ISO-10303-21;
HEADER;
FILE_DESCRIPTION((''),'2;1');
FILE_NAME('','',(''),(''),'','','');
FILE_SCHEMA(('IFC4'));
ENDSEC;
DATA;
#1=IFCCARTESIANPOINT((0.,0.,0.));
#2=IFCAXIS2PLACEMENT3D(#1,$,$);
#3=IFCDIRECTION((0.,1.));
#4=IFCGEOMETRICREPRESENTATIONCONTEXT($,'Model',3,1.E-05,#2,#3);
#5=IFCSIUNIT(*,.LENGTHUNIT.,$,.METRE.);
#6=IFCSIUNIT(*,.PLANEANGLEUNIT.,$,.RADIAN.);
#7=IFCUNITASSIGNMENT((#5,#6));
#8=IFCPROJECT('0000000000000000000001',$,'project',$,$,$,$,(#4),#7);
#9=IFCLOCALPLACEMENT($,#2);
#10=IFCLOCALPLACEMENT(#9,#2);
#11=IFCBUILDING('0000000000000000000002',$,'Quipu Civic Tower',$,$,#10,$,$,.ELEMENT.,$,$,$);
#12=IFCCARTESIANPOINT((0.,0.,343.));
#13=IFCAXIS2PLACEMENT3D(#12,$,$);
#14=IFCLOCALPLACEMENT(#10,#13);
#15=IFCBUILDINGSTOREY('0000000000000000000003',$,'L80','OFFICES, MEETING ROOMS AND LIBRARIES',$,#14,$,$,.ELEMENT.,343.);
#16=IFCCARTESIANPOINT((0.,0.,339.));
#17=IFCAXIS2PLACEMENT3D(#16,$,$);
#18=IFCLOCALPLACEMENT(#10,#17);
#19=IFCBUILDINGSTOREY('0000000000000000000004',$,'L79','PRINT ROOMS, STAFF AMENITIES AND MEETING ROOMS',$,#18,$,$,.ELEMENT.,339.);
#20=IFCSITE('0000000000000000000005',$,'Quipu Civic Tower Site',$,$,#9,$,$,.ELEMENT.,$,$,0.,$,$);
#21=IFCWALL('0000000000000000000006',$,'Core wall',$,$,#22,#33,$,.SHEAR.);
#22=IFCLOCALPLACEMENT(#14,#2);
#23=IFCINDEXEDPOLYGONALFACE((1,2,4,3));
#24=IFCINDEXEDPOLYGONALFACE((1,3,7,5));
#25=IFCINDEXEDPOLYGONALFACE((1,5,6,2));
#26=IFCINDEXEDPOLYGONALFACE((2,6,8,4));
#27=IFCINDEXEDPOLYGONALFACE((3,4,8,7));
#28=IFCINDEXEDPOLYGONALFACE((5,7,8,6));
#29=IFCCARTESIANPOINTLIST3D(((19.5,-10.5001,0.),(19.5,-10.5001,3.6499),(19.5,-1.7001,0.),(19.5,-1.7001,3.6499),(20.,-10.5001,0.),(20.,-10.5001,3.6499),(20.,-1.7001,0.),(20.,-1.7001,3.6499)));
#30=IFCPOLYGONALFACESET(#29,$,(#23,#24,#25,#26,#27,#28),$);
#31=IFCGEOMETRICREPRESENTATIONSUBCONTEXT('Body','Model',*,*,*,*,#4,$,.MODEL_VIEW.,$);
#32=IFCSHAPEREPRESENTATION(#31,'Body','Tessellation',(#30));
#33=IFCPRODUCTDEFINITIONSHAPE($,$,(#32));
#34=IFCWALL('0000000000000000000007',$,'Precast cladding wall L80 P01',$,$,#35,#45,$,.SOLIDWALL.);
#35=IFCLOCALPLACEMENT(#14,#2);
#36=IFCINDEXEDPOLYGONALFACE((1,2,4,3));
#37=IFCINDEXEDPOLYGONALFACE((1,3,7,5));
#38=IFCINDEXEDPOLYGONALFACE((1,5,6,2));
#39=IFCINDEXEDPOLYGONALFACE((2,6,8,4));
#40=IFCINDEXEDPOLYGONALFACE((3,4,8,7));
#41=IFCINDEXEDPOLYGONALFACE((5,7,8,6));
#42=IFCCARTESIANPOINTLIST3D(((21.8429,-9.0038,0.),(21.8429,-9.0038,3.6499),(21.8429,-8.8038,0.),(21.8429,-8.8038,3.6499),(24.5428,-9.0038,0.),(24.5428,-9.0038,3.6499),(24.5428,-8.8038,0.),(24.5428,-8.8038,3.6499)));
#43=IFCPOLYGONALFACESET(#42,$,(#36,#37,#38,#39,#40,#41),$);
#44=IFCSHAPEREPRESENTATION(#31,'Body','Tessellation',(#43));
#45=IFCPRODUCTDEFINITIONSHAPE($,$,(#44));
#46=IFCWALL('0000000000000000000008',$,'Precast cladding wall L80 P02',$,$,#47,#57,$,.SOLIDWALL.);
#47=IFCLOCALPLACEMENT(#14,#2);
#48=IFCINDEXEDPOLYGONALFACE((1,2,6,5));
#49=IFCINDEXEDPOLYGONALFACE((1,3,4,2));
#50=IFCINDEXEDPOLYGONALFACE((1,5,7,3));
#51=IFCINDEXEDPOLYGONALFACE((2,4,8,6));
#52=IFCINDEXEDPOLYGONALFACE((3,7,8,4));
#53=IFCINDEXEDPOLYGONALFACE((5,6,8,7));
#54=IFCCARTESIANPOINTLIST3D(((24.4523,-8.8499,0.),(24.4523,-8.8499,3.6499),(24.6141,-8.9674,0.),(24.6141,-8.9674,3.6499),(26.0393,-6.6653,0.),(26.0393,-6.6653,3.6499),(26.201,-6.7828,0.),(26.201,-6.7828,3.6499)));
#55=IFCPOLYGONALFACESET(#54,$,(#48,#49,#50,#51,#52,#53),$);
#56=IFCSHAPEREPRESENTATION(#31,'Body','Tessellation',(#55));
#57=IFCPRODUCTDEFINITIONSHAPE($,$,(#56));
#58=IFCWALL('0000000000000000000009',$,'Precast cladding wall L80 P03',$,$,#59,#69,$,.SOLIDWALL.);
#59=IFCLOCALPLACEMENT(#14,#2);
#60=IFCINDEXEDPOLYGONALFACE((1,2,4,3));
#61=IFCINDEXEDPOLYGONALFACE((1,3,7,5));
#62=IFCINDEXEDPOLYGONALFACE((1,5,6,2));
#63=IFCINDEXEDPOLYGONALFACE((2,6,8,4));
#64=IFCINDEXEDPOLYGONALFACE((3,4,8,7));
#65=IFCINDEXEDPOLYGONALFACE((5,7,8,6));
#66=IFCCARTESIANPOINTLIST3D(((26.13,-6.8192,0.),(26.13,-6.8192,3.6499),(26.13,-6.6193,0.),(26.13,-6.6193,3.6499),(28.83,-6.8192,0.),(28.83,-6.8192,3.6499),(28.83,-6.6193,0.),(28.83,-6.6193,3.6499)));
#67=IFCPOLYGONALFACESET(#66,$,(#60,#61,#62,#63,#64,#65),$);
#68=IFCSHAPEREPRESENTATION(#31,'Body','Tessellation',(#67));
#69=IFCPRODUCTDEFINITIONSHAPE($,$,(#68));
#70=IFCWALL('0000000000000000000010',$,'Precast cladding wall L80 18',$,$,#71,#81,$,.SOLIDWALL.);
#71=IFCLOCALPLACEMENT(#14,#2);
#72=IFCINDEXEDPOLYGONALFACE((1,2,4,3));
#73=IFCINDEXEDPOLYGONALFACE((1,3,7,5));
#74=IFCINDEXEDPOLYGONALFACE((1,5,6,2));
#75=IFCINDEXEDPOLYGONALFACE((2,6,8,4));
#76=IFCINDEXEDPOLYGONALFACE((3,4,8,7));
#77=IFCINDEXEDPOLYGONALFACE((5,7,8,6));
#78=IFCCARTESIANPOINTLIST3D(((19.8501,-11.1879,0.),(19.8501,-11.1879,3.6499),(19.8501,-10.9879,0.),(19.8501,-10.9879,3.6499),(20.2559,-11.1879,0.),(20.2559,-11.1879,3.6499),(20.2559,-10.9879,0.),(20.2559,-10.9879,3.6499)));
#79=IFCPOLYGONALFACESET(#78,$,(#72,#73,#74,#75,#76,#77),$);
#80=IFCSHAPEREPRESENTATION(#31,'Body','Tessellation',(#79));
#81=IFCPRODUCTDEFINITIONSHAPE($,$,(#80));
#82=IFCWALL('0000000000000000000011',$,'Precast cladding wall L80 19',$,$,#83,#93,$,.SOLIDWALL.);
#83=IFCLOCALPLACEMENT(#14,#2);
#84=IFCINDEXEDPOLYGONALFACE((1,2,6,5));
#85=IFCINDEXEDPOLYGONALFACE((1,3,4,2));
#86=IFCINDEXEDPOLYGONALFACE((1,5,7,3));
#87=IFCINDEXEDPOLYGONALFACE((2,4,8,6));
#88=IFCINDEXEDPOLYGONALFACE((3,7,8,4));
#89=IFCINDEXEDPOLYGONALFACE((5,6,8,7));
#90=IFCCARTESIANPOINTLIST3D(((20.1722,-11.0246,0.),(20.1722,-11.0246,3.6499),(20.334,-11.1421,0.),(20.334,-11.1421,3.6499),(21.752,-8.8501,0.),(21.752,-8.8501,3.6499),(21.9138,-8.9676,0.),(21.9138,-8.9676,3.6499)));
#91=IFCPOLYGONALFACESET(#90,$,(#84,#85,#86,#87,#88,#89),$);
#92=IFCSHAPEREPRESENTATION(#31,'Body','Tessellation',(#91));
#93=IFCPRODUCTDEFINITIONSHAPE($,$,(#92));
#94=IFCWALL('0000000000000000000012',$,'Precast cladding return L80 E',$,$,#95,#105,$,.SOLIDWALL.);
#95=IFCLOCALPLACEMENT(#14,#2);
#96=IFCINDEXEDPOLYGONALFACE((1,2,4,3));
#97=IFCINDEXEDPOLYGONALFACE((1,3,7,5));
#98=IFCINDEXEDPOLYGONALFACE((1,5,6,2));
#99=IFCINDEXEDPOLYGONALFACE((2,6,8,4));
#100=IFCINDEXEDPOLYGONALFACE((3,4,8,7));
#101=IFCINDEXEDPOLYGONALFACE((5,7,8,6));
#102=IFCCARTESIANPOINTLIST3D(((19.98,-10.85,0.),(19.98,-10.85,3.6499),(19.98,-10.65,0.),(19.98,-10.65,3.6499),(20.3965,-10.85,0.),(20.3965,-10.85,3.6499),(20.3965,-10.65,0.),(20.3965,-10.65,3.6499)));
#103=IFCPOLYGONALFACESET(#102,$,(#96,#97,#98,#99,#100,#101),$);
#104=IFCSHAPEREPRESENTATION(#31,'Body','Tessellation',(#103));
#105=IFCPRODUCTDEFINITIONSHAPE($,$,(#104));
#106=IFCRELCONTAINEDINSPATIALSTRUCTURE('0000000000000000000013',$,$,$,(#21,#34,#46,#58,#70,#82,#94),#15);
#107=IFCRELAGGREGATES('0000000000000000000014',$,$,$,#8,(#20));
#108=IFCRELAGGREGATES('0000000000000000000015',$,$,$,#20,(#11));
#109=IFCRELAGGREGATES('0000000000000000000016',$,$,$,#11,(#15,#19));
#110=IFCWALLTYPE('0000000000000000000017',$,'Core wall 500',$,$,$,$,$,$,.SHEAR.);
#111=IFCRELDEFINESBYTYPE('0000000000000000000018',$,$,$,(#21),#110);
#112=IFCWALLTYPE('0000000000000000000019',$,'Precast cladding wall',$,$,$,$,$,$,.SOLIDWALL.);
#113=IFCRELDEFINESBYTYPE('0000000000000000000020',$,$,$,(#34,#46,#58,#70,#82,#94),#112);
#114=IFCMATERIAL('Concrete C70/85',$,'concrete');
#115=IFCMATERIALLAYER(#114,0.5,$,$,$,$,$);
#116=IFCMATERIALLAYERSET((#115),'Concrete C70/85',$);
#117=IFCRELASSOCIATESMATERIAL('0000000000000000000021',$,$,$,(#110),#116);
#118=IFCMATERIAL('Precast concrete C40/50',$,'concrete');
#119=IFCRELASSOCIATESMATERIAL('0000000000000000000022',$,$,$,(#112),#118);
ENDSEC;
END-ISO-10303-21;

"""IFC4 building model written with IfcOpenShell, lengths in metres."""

from ifc_helpers import new_model, si_unit, direction, frame, frame_2d, origin, place, context, subcontext, project, spatial, rectangle, extrude, material, layer, layer_set, type_object, element, save


model = new_model("IFC4")

# Units and contexts
model_context = context("Model", 3, precision=1e-05, world=origin(), true_north=direction((0.0, 1.0)))
body_context = subcontext(model_context, "Body", "Model", "MODEL_VIEW")
ifc_project = project(units=[si_unit("LENGTHUNIT", "METRE"), si_unit("PLANEANGLEUNIT", "RADIAN")], contexts=[model_context])

# Site, building, storey
site_placement = place(None, origin())
site = spatial("IfcSite", under=ifc_project, at=site_placement, Name="Quipu Civic Tower Site", CompositionType="ELEMENT", RefElevation=0.0)
building_placement = place(site_placement, origin())
building = spatial("IfcBuilding", under=site, at=building_placement, Name="Quipu Civic Tower", CompositionType="ELEMENT")
storey_1_placement = place(building_placement, frame((0.0, 0.0, 343.0)))
storey_1 = spatial("IfcBuildingStorey", under=building, at=storey_1_placement, Name="L80", Description="OFFICES, MEETING ROOMS AND LIBRARIES", CompositionType="ELEMENT", Elevation=343.0)

# Shared definitions
storey_2_placement = place(building_placement, frame((0.0, 0.0, 339.0)))
storey_2 = spatial("IfcBuildingStorey", under=building, at=storey_2_placement, Name="L79", Description="PRINT ROOMS, STAFF AMENITIES AND MEETING ROOMS", CompositionType="ELEMENT", Elevation=339.0)

# Walls
ifc_material_1 = material(Name="Concrete C70/85", Category="concrete")
ifc_layer_1 = layer(ifc_material_1, 0.5)
ifc_layer_set_1 = layer_set([ifc_layer_1], Name="Concrete C70/85")
wall_type_1 = type_object("IfcWallType", Name="Core wall 500", PredefinedType="SHEAR", material=ifc_layer_set_1)
wall_1_placement = place(storey_1_placement, frame((19.75, -10.5, 0.0), z_axis=(0.0, 0.0, 1.0), x_axis=(0.0, 1.0, 0.0)))
element("IfcWall", 1, at=wall_1_placement, inside=storey_1, type_object=wall_type_1, Name="Core wall", PredefinedType="SHEAR", context=body_context, shape_type="SweptSolid", body=[
    extrude(rectangle(XDim=8.8, YDim=0.5, at=frame_2d((4.3999, 0.0))), origin(), (0.0, 0.0, 1.0), 3.6499),
])
ifc_material_2 = material(Name="Precast concrete C40/50", Category="concrete")
wall_type_2 = type_object("IfcWallType", Name="Precast cladding wall", PredefinedType="SOLIDWALL", material=ifc_material_2)
wall_2_placement = place(storey_1_placement, frame((21.8428, -8.9038, 0.0), z_axis=(0.0, 0.0, 1.0), x_axis=(1.0, 0.0, 0.0)))
element("IfcWall", 2, at=wall_2_placement, inside=storey_1, type_object=wall_type_2, Name="Precast cladding wall L80 P01", PredefinedType="SOLIDWALL", context=body_context, shape_type="SweptSolid", body=[
    extrude(rectangle(XDim=2.7, YDim=0.2, at=frame_2d((1.3501, 0.0))), origin(), (0.0, 0.0, 1.0), 3.6499),
])
wall_3_placement = place(storey_1_placement, frame((24.5332, -8.9087, 0.0), z_axis=(0.0, 0.0, 1.0), x_axis=(0.58772, 0.809064, 0.0)))
element("IfcWall", 3, at=wall_3_placement, inside=storey_1, type_object=wall_type_2, Name="Precast cladding wall L80 P02", PredefinedType="SOLIDWALL", context=body_context, shape_type="SweptSolid", body=[
    extrude(rectangle(XDim=2.7002, YDim=0.2, at=frame_2d((1.3501, 0.0))), origin(), (0.0, 0.0, 1.0), 3.6499),
])
wall_4_placement = place(storey_1_placement, frame((26.1299, -6.7192, 0.0), z_axis=(0.0, 0.0, 1.0), x_axis=(1.0, 0.0, 0.0)))
element("IfcWall", 4, at=wall_4_placement, inside=storey_1, type_object=wall_type_2, Name="Precast cladding wall L80 P03", PredefinedType="SOLIDWALL", context=body_context, shape_type="SweptSolid", body=[
    extrude(rectangle(XDim=2.7, YDim=0.2, at=frame_2d((1.3501, 0.0))), origin(), (0.0, 0.0, 1.0), 3.6499),
])
wall_5_placement = place(storey_1_placement, frame((19.8501, -11.0879, 0.0), z_axis=(0.0, 0.0, 1.0), x_axis=(1.0, 0.0, 0.0)))
element("IfcWall", 5, at=wall_5_placement, inside=storey_1, type_object=wall_type_2, Name="Precast cladding wall L80 18", PredefinedType="SOLIDWALL", context=body_context, shape_type="SweptSolid", body=[
    extrude(rectangle(XDim=0.4058, YDim=0.2, at=frame_2d((0.2029, 0.0))), origin(), (0.0, 0.0, 1.0), 3.6499),
])
wall_6_placement = place(storey_1_placement, frame((20.2532, -11.0833, 0.0), z_axis=(0.0, 0.0, 1.0), x_axis=(0.587767, 0.809031, 0.0)))
element("IfcWall", 6, at=wall_6_placement, inside=storey_1, type_object=wall_type_2, Name="Precast cladding wall L80 19", PredefinedType="SOLIDWALL", context=body_context, shape_type="SweptSolid", body=[
    extrude(rectangle(XDim=2.6877, YDim=0.2, at=frame_2d((1.3438, 0.0))), origin(), (0.0, 0.0, 1.0), 3.6499),
])
wall_7_placement = place(storey_1_placement, frame((19.98, -10.75, 0.0), z_axis=(0.0, 0.0, 1.0), x_axis=(1.0, 0.0, 0.0)))
element("IfcWall", 7, at=wall_7_placement, inside=storey_1, type_object=wall_type_2, Name="Precast cladding return L80 E", PredefinedType="SOLIDWALL", context=body_context, shape_type="SweptSolid", body=[
    extrude(rectangle(XDim=0.4165, YDim=0.2, at=frame_2d((0.2083, 0.0))), origin(), (0.0, 0.0, 1.0), 3.6499),
])

save(model, "model.ifc")
